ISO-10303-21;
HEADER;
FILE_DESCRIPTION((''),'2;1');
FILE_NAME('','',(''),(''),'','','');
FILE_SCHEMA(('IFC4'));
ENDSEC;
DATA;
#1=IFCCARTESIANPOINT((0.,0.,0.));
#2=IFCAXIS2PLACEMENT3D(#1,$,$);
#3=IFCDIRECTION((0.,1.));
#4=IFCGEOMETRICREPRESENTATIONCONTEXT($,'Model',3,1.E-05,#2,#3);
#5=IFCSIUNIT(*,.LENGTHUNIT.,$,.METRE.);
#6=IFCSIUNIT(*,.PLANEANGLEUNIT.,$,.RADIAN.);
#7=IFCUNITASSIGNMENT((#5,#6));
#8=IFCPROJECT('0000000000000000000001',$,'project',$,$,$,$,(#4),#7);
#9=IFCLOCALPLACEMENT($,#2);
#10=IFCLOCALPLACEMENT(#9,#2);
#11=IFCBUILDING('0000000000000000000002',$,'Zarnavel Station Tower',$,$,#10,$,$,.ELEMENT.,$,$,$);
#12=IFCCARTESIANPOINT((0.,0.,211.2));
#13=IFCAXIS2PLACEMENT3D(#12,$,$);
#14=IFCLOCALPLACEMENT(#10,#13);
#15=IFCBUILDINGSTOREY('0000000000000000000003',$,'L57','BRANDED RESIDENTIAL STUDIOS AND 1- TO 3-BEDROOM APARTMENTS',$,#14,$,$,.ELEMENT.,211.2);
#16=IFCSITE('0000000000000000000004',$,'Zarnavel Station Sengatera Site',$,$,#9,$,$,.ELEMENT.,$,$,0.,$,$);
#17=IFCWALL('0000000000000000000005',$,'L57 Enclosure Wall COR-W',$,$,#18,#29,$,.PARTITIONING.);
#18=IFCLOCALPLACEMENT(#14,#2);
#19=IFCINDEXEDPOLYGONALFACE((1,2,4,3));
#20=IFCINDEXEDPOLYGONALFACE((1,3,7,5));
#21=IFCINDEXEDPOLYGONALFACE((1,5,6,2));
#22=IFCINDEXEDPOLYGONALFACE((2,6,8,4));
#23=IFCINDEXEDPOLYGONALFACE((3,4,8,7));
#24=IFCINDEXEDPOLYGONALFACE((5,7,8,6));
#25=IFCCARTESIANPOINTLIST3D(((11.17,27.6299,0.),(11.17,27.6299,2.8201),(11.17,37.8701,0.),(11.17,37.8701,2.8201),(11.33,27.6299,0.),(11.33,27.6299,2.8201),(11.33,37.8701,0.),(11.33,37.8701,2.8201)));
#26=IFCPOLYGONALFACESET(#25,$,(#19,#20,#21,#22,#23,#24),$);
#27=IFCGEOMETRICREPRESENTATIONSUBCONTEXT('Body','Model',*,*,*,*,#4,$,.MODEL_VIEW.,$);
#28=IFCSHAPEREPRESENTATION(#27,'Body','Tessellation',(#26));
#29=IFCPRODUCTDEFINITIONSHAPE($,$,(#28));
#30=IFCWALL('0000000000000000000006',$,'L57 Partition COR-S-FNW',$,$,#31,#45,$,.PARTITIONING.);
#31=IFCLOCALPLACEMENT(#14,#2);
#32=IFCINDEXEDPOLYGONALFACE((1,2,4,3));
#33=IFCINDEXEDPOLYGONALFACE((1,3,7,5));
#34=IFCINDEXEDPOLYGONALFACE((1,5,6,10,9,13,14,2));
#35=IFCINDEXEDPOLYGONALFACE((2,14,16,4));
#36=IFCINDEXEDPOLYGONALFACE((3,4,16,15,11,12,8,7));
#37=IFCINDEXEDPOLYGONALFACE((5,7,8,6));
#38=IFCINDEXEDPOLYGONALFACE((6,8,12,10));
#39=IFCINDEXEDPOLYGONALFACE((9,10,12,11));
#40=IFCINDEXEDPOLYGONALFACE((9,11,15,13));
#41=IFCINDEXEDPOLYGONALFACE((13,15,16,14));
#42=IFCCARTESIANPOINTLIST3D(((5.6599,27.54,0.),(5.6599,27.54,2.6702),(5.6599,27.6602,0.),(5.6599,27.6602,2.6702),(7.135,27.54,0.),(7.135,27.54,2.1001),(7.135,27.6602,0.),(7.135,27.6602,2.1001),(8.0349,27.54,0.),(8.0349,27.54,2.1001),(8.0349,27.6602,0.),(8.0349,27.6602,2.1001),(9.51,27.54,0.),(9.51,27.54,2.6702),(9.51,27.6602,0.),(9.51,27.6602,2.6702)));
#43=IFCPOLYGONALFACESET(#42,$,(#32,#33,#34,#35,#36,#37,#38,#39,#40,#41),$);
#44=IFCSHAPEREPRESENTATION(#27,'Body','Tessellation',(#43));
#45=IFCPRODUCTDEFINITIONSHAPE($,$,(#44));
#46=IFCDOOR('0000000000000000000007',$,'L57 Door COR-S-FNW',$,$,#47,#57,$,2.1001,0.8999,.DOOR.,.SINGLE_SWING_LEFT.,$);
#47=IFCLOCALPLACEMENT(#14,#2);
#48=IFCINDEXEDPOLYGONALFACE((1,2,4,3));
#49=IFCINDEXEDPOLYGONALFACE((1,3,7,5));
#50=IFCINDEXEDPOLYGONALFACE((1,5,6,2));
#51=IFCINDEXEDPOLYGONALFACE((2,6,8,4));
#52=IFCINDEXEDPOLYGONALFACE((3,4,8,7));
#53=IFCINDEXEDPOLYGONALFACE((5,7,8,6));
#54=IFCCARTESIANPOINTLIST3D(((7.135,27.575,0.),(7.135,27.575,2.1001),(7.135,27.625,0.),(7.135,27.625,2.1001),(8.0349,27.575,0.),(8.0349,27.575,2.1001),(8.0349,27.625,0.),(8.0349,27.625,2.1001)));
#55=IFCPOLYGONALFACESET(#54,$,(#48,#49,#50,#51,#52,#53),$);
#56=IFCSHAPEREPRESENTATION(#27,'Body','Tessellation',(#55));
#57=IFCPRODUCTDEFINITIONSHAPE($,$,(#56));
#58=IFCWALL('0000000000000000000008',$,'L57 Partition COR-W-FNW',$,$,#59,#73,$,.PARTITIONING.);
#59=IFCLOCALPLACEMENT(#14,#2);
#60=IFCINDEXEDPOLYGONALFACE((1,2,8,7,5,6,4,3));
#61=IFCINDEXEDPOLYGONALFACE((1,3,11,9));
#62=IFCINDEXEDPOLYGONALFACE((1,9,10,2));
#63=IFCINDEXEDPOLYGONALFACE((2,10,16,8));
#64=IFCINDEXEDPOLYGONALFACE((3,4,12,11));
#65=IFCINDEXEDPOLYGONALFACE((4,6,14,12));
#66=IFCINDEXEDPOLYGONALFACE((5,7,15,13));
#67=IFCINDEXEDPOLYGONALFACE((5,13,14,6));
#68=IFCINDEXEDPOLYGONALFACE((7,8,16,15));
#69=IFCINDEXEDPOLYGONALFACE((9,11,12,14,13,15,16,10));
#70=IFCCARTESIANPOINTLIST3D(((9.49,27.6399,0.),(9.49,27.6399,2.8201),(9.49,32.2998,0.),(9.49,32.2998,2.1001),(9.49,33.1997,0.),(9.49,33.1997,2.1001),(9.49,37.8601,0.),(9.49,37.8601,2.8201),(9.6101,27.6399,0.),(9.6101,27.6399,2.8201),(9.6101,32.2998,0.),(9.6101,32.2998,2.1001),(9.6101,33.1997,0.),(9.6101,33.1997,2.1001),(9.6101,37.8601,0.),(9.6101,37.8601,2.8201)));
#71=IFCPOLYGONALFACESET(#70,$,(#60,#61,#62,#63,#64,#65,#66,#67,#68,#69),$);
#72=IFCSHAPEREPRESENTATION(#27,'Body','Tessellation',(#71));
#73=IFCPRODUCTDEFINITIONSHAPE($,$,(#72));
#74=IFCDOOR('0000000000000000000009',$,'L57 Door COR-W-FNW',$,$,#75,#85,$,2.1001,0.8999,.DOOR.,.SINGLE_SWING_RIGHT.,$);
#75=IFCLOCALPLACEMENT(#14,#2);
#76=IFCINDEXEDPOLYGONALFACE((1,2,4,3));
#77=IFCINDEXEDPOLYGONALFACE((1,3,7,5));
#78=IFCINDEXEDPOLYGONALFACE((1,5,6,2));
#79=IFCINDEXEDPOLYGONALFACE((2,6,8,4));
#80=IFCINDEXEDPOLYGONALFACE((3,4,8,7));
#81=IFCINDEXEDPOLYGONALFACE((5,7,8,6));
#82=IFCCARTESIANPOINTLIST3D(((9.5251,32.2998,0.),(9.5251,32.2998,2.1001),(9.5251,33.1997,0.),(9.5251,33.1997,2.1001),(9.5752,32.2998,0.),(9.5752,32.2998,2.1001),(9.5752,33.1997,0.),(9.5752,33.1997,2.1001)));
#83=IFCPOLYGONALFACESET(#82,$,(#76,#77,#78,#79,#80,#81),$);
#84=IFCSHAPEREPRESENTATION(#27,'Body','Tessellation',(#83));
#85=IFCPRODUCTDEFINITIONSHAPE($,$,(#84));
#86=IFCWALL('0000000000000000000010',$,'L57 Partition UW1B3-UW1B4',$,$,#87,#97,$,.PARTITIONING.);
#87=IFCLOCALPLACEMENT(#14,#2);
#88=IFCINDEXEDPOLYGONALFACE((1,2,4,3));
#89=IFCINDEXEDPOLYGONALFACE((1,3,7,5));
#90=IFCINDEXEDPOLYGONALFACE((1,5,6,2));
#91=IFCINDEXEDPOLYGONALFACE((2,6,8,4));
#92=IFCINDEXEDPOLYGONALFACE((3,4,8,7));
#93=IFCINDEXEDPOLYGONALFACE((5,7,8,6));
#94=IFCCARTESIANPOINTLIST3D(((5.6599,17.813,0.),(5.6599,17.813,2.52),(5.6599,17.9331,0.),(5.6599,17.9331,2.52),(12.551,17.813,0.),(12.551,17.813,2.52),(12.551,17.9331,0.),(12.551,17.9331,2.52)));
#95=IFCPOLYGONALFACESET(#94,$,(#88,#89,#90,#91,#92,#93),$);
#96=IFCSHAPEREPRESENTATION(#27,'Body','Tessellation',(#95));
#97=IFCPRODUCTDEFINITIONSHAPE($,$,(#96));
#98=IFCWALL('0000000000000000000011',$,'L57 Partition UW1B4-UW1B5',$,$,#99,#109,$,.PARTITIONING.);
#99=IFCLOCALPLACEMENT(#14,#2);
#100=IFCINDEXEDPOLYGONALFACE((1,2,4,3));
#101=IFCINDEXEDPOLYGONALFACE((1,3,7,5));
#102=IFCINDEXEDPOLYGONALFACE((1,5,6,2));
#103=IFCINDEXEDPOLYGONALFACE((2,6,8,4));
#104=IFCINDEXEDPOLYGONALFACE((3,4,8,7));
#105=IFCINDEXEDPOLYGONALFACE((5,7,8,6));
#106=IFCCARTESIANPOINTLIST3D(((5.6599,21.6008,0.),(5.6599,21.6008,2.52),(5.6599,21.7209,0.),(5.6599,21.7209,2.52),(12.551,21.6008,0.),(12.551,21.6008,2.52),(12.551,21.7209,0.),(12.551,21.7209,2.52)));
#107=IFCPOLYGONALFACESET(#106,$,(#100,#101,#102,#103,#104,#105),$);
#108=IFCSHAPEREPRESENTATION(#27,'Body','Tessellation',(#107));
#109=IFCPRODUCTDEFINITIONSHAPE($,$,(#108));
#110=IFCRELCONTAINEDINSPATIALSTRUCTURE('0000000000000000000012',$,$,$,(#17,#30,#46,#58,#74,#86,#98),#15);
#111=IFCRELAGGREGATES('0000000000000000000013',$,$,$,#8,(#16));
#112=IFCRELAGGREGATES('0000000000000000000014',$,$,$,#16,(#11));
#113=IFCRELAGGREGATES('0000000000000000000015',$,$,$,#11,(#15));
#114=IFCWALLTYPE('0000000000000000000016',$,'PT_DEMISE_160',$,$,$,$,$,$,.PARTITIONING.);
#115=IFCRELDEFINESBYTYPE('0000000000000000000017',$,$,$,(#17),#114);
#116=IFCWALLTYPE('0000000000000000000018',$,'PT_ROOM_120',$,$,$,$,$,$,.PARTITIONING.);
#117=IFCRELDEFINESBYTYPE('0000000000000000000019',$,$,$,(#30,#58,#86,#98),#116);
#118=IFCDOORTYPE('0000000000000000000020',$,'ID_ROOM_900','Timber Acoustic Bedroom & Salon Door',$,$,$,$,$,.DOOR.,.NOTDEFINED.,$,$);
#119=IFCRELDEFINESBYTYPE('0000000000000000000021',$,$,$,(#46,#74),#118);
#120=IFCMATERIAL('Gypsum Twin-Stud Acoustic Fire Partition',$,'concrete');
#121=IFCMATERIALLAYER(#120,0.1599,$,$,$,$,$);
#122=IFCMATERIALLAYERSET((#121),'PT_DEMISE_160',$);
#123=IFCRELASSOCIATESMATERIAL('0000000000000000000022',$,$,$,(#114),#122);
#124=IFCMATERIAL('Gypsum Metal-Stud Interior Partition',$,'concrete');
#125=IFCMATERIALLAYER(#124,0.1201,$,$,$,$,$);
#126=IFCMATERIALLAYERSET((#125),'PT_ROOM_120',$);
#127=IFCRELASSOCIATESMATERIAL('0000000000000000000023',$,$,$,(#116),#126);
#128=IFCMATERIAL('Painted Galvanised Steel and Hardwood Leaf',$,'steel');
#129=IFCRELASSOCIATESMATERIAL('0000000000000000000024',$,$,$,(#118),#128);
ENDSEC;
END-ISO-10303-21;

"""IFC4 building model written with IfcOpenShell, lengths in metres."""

from ifc_helpers import new_model, si_unit, direction, frame, frame_2d, origin, place, context, subcontext, project, spatial, rectangle, extrude, material, layer, layer_set, type_object, element, fill, save


model = new_model("IFC4")

# Units and contexts
model_context = context("Model", 3, precision=1e-05, world=origin(), true_north=direction((0.0, 1.0)))
body_context = subcontext(model_context, "Body", "Model", "MODEL_VIEW")
ifc_project = project(units=[si_unit("LENGTHUNIT", "METRE"), si_unit("PLANEANGLEUNIT", "RADIAN")], contexts=[model_context])

# Site, building, storey
site_placement = place(None, origin())
site = spatial("IfcSite", under=ifc_project, at=site_placement, Name="Zarnavel Station Sengatera Site", CompositionType="ELEMENT", RefElevation=0.0)
building_placement = place(site_placement, origin())
building = spatial("IfcBuilding", under=site, at=building_placement, Name="Zarnavel Station Tower", CompositionType="ELEMENT")
storey_placement = place(building_placement, frame((0.0, 0.0, 211.2)))
storey = spatial("IfcBuildingStorey", under=building, at=storey_placement, Name="L57", Description="BRANDED RESIDENTIAL STUDIOS AND 1- TO 3-BEDROOM APARTMENTS", CompositionType="ELEMENT", Elevation=211.2)

# Wall
ifc_material_1 = material(Name="Gypsum Twin-Stud Acoustic Fire Partition", Category="concrete")
ifc_layer_1 = layer(ifc_material_1, 0.1599)
ifc_layer_set_1 = layer_set([ifc_layer_1], Name="PT_DEMISE_160")
wall_type_1 = type_object("IfcWallType", Name="PT_DEMISE_160", PredefinedType="PARTITIONING", material=ifc_layer_set_1)
wall_1_placement = place(storey_placement, frame((11.25, 27.6299, 0.0), z_axis=(0.0, 0.0, 1.0), x_axis=(0.0, 1.0, 0.0)))
element("IfcWall", 1, at=wall_1_placement, inside=storey, type_object=wall_type_1, Name="L57 Enclosure Wall COR-W", PredefinedType="PARTITIONING", context=body_context, shape_type="SweptSolid", body=[
    extrude(rectangle(XDim=10.2402, YDim=0.1599, at=frame_2d((5.1201, 0.0))), origin(), (0.0, 0.0, 1.0), 2.8201),
])

# Walls, openings, doors
ifc_material_2 = material(Name="Gypsum Metal-Stud Interior Partition", Category="concrete")
ifc_layer_2 = layer(ifc_material_2, 0.1201)
ifc_layer_set_2 = layer_set([ifc_layer_2], Name="PT_ROOM_120")
wall_type_2 = type_object("IfcWallType", Name="PT_ROOM_120", PredefinedType="PARTITIONING", material=ifc_layer_set_2)
wall_2_placement = place(storey_placement, frame((5.6599, 27.6001, 0.0), z_axis=(0.0, 0.0, 1.0), x_axis=(1.0, 0.0, 0.0)))
wall_2 = element("IfcWall", 2, at=wall_2_placement, inside=storey, type_object=wall_type_2, Name="L57 Partition COR-S-FNW", PredefinedType="PARTITIONING", context=body_context, shape_type="SweptSolid", body=[
    extrude(rectangle(XDim=3.8501, YDim=0.1201, at=frame_2d((1.925, 0.0))), origin(), (0.0, 0.0, 1.0), 2.6702),
])
opening_1_placement = place(wall_2_placement, frame((1.4751, 0.0, 0.0)))
opening_1 = element("IfcOpeningElement", 3, at=opening_1_placement, cuts=wall_2, PredefinedType="OPENING", context=body_context, shape_type="SweptSolid", body=[
    extrude(rectangle(XDim=0.8999, YDim=2.1001, at=frame_2d((0.45, 1.05))), frame((0.0, 0.0701, 0.0), z_axis=(0.0, -1.0, 0.0), x_axis=(1.0, 0.0, 0.0)), (0.0, 0.0, 1.0), 0.1401),
])
ifc_material_3 = material(Name="Painted Galvanised Steel and Hardwood Leaf", Category="steel")
door_type = type_object("IfcDoorType", Name="ID_ROOM_900", Description="Timber Acoustic Bedroom & Salon Door", OperationType="NOTDEFINED", PredefinedType="DOOR", material=ifc_material_3)
door_1_placement = place(opening_1_placement, origin())
door_1 = element("IfcDoor", 4, at=door_1_placement, inside=storey, type_object=door_type, Name="L57 Door COR-S-FNW", OperationType="SINGLE_SWING_LEFT", OverallHeight=2.1001, OverallWidth=0.8999, PredefinedType="DOOR", context=body_context, shape_type="SweptSolid", body=[
    extrude(rectangle(XDim=0.8999, YDim=2.1001, at=frame_2d((0.45, 1.05))), frame((0.0, 0.0249, 0.0), z_axis=(0.0, -1.0, 0.0), x_axis=(1.0, 0.0, 0.0)), (0.0, 0.0, 1.0), 0.05),
])
fill(opening_1, door_1)
wall_3_placement = place(storey_placement, frame((9.55, 27.6399, 0.0), z_axis=(0.0, 0.0, 1.0), x_axis=(0.0, 1.0, 0.0)))
wall_3 = element("IfcWall", 5, at=wall_3_placement, inside=storey, type_object=wall_type_2, Name="L57 Partition COR-W-FNW", PredefinedType="PARTITIONING", context=body_context, shape_type="SweptSolid", body=[
    extrude(rectangle(XDim=10.2202, YDim=0.1201, at=frame_2d((5.1101, 0.0))), origin(), (0.0, 0.0, 1.0), 2.8201),
])
opening_2_placement = place(wall_3_placement, frame((4.6599, 0.0, 0.0)))
opening_2 = element("IfcOpeningElement", 6, at=opening_2_placement, cuts=wall_3, PredefinedType="OPENING", context=body_context, shape_type="SweptSolid", body=[
    extrude(rectangle(XDim=0.8999, YDim=2.1001, at=frame_2d((0.45, 1.05))), frame((0.0, 0.0701, 0.0), z_axis=(0.0, -1.0, 0.0), x_axis=(1.0, 0.0, 0.0)), (0.0, 0.0, 1.0), 0.1401),
])
door_2_placement = place(opening_2_placement, origin())
door_2 = element("IfcDoor", 7, at=door_2_placement, inside=storey, type_object=door_type, Name="L57 Door COR-W-FNW", OperationType="SINGLE_SWING_RIGHT", OverallHeight=2.1001, OverallWidth=0.8999, PredefinedType="DOOR", context=body_context, shape_type="SweptSolid", body=[
    extrude(rectangle(XDim=0.8999, YDim=2.1001, at=frame_2d((0.45, 1.05))), frame((0.0, 0.0249, 0.0), z_axis=(0.0, -1.0, 0.0), x_axis=(1.0, 0.0, 0.0)), (0.0, 0.0, 1.0), 0.05),
])
fill(opening_2, door_2)

# Walls
for number, where, z_axis, x_axis, name in (
    (8, (5.6599, 17.873, 0.0), (0.0, 0.0, 1.0), (1.0, 0.0, 0.0), "L57 Partition UW1B3-UW1B4"),
    (9, (5.6599, 21.6609, 0.0), (0.0, 0.0, 1.0), (1.0, 0.0, 0.0), "L57 Partition UW1B4-UW1B5"),
):
    element("IfcWall", number, at=place(storey_placement, frame(where, z_axis=z_axis, x_axis=x_axis)), inside=storey, type_object=wall_type_2, Name=name, PredefinedType="PARTITIONING", context=body_context, shape_type="SweptSolid", body=[
        extrude(rectangle(XDim=6.8911, YDim=0.1201, at=frame_2d((3.4456, 0.0))), origin(), (0.0, 0.0, 1.0), 2.52),
    ])

save(model, "model.ifc")
